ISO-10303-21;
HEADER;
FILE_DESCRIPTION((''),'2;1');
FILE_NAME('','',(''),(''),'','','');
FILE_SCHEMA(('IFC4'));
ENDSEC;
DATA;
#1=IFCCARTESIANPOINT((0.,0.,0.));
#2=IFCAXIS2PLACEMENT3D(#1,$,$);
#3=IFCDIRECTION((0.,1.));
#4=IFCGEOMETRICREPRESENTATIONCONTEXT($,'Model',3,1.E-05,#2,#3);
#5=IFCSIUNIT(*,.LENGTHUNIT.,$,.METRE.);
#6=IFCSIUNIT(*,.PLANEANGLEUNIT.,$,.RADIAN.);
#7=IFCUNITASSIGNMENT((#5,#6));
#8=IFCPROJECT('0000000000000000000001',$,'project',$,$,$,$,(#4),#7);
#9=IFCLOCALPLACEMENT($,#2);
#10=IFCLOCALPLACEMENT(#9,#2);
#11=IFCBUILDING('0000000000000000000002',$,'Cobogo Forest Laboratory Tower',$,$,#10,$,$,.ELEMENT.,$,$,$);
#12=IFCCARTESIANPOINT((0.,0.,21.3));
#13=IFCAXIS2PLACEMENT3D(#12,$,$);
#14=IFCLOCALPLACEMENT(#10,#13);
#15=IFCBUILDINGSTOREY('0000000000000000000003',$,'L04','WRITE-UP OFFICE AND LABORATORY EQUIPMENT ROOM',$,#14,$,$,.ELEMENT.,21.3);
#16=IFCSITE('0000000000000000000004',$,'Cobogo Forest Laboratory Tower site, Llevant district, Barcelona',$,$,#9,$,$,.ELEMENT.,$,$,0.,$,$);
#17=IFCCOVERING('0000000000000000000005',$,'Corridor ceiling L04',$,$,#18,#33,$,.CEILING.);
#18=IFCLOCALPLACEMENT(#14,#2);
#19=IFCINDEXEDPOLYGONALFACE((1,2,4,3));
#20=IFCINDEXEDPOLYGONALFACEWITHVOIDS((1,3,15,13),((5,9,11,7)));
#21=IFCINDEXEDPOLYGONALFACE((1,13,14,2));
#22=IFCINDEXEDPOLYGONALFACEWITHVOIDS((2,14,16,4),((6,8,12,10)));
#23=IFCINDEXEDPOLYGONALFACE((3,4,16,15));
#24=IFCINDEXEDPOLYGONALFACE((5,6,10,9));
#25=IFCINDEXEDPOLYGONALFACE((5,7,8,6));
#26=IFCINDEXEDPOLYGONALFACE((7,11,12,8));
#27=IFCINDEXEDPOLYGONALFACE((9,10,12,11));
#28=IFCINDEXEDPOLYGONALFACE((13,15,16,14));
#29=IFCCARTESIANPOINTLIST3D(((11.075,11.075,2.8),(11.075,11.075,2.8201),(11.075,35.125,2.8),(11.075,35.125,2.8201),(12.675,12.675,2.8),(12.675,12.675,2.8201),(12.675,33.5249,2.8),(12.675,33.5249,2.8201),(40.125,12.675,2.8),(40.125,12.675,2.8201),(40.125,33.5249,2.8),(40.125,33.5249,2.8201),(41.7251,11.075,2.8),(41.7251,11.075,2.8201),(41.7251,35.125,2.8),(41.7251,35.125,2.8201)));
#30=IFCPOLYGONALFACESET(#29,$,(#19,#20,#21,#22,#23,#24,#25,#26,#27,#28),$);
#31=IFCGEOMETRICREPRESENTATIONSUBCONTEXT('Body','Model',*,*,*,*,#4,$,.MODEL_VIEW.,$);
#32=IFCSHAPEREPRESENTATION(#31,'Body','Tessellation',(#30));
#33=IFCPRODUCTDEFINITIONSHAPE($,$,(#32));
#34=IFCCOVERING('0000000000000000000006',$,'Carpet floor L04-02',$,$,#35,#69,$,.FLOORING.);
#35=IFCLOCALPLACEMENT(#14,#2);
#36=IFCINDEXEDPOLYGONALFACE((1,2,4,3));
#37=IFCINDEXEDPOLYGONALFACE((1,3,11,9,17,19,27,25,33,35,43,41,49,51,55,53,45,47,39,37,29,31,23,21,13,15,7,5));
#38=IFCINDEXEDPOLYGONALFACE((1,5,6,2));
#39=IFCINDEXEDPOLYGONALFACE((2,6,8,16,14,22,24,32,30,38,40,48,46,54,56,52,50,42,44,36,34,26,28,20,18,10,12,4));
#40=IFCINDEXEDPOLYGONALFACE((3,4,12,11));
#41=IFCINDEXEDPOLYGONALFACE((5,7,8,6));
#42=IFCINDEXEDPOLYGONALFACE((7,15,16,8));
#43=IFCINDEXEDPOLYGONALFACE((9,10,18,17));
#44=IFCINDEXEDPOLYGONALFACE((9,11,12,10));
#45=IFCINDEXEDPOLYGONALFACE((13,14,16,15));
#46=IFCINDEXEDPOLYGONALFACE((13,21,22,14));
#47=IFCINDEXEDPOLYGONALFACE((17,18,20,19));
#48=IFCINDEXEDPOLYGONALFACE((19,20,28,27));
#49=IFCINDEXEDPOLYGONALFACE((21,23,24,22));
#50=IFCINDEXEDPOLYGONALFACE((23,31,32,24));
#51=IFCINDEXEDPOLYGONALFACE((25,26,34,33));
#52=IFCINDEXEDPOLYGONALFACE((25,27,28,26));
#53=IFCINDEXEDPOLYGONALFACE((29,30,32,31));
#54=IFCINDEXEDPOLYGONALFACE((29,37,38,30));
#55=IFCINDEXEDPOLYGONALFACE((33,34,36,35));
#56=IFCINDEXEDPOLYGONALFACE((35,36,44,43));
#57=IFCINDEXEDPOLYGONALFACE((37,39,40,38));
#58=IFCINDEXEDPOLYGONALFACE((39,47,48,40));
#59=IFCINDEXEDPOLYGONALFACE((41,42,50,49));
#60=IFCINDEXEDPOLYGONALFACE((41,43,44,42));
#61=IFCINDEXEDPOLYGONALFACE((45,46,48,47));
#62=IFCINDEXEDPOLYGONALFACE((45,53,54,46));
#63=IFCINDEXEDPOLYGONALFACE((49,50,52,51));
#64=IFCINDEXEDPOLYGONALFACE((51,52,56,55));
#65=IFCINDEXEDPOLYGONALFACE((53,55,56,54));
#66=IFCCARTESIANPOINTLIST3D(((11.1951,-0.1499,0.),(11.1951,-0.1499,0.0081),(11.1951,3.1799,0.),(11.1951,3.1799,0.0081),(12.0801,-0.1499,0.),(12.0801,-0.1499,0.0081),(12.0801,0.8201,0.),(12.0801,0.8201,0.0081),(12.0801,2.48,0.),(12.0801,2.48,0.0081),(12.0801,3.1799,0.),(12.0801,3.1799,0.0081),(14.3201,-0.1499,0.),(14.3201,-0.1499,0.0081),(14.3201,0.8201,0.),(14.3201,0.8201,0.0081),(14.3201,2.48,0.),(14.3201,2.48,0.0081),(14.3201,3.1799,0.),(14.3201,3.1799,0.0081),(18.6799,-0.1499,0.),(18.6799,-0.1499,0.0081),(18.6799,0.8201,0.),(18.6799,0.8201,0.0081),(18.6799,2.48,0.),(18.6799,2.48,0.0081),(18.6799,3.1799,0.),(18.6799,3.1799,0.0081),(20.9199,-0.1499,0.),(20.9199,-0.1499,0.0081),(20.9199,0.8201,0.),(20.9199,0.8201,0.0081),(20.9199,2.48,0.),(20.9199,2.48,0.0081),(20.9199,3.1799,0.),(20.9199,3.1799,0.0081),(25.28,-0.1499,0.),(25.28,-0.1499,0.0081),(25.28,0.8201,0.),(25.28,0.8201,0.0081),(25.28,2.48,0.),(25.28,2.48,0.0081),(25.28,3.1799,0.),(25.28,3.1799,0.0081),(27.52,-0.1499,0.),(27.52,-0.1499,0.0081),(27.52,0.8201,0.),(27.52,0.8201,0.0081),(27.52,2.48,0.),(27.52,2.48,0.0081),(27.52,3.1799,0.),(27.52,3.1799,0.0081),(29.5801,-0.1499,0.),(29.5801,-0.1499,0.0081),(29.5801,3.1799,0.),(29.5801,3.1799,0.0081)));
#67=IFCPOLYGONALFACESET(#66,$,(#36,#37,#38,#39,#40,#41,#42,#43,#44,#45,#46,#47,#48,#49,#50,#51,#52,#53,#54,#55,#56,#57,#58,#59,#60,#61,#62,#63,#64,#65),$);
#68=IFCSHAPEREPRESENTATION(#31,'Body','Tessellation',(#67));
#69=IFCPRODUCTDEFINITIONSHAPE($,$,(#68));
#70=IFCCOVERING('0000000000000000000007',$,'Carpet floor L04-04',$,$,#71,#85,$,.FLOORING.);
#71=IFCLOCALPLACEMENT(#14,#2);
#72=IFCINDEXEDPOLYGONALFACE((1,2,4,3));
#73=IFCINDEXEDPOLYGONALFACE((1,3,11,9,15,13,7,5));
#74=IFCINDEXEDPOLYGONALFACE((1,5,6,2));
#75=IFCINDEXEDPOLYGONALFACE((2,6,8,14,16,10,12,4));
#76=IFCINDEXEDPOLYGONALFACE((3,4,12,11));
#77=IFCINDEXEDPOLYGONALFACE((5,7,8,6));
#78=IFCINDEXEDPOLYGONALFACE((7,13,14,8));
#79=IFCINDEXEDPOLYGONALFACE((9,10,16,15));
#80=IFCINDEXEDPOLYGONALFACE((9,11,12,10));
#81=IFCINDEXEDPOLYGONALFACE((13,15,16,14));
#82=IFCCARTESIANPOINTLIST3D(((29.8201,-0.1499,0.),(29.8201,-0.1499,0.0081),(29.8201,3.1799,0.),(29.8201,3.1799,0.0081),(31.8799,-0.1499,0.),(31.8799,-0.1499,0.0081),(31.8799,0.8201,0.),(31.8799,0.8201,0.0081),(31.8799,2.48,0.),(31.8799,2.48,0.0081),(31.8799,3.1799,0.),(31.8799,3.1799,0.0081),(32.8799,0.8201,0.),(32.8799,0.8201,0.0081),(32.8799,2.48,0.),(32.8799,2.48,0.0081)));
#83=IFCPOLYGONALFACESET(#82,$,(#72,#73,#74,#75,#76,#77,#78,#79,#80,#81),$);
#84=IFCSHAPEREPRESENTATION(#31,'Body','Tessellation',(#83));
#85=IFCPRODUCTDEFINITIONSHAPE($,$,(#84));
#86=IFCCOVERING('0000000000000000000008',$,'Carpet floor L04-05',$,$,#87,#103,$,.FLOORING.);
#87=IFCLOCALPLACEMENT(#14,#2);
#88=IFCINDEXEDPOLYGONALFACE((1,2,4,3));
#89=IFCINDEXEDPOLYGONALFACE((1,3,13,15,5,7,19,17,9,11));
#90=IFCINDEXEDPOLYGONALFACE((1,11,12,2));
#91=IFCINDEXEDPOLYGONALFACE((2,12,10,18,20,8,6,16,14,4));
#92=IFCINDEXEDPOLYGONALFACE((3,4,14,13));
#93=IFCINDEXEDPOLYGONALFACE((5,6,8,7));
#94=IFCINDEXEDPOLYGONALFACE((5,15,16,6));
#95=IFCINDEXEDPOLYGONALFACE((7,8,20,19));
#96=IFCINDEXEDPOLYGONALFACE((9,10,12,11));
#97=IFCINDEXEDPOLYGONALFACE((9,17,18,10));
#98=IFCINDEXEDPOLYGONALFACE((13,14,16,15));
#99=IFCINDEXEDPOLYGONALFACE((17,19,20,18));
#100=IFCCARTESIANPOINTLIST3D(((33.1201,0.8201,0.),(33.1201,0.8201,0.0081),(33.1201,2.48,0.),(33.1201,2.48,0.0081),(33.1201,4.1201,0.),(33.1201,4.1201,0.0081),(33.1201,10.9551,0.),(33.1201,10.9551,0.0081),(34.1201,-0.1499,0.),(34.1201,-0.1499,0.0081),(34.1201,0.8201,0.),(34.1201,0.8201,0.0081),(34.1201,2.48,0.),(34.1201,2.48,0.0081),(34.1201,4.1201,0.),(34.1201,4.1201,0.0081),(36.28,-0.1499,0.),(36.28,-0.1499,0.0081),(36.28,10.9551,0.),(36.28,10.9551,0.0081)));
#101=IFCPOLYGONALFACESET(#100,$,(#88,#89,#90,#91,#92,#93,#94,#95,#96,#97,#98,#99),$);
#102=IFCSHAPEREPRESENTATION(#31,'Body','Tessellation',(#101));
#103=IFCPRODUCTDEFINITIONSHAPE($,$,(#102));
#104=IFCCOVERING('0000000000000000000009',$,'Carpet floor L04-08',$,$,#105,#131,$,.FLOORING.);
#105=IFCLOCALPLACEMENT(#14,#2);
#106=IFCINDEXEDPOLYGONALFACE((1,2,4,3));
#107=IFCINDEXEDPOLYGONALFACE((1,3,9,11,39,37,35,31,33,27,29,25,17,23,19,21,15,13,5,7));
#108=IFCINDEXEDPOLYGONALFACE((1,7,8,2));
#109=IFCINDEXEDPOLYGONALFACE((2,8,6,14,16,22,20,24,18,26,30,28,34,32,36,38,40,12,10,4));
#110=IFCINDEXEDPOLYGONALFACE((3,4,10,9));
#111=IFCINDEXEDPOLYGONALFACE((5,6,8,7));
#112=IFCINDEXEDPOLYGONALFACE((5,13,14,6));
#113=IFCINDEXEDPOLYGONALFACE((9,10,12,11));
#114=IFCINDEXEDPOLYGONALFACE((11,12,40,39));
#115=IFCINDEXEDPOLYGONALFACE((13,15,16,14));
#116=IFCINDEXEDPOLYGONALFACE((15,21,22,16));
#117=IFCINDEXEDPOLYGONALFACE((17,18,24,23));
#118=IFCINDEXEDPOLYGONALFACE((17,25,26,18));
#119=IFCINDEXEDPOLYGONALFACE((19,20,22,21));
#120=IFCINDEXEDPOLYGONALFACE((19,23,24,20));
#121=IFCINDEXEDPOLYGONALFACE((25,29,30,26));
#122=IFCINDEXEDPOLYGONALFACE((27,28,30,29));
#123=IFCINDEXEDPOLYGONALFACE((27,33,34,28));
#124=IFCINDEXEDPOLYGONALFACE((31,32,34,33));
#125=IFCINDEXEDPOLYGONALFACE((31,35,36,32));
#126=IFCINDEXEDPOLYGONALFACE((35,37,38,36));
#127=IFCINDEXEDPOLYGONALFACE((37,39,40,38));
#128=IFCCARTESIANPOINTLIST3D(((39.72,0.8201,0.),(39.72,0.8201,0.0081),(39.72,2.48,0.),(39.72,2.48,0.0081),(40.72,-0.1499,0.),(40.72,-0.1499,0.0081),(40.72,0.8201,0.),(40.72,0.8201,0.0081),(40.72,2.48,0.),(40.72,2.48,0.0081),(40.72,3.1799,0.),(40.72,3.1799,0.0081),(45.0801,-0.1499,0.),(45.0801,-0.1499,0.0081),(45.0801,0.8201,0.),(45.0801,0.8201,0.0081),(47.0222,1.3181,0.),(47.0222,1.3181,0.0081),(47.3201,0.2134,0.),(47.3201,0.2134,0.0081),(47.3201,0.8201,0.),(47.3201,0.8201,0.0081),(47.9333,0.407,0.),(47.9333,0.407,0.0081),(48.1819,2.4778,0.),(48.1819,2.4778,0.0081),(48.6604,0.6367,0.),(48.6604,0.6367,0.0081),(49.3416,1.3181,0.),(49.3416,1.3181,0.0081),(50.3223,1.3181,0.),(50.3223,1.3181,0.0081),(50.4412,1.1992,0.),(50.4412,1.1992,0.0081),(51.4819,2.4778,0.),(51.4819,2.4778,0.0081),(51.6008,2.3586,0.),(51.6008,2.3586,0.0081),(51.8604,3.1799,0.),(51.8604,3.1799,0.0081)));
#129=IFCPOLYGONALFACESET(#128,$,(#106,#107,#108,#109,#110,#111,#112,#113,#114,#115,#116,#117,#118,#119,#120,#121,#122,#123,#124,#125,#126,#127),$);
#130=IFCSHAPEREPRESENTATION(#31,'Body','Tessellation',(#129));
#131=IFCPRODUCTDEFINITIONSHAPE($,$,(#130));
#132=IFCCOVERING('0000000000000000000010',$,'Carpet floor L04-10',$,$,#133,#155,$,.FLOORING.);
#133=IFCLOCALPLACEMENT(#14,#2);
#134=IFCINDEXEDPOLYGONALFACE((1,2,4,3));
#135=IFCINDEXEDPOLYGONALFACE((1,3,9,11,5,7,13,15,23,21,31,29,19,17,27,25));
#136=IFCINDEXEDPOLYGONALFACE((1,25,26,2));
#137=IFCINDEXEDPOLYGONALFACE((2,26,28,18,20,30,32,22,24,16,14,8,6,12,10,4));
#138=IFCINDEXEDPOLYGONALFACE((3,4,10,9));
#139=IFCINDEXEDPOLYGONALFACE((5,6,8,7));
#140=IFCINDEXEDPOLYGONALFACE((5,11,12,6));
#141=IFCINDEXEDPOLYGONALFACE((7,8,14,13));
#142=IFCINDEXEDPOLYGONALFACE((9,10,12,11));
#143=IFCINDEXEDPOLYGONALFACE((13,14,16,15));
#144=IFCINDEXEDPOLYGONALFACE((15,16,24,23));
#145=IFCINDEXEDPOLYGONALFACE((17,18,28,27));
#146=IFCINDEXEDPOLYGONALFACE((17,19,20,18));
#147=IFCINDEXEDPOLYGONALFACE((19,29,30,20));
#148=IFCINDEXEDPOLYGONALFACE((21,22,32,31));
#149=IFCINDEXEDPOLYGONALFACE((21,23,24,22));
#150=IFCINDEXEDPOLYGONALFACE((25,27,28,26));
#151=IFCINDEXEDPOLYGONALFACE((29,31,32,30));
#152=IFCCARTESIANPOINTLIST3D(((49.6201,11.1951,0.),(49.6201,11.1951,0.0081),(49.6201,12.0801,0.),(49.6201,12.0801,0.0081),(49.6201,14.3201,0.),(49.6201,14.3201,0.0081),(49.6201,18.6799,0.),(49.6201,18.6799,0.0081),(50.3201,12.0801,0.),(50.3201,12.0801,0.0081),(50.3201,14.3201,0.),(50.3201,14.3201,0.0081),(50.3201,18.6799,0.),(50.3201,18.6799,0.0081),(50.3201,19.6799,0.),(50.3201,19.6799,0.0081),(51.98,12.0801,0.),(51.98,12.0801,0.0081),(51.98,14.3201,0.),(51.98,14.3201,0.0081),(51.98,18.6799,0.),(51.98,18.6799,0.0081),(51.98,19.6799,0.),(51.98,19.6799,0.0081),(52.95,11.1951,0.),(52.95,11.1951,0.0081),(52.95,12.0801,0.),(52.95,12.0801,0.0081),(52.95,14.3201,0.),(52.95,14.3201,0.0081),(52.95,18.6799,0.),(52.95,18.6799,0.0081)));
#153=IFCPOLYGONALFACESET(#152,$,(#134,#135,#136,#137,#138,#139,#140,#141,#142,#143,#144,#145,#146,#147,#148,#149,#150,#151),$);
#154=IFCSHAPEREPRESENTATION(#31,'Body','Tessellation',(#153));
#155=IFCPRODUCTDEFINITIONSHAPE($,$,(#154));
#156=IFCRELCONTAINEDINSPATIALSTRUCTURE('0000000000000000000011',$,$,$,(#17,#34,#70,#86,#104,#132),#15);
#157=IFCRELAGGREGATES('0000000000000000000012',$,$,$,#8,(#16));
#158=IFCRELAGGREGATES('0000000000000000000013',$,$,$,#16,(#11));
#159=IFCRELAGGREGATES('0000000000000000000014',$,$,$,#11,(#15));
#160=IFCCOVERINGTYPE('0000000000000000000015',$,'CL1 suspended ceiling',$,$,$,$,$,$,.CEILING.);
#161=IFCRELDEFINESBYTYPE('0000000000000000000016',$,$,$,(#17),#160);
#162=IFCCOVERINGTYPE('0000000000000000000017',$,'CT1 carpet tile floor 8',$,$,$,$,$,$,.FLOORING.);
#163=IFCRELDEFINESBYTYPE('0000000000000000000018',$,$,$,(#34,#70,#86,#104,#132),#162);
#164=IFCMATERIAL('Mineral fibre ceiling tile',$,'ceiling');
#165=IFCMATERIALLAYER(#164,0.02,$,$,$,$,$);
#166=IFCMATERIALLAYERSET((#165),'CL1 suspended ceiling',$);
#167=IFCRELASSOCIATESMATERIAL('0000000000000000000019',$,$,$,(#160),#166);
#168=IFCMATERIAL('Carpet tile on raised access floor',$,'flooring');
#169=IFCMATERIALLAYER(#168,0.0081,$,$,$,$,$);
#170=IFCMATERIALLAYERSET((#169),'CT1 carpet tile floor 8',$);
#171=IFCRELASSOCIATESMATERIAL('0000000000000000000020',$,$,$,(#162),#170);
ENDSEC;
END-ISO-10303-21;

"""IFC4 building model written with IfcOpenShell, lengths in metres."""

from ifc_helpers import new_model, si_unit, direction, frame, origin, place, context, subcontext, project, spatial, polyline, outline, extrude, material, layer, layer_set, type_object, element, save


model = new_model("IFC4")

# Units and contexts
model_context = context("Model", 3, precision=1e-05, world=origin(), true_north=direction((0.0, 1.0)))
body_context = subcontext(model_context, "Body", "Model", "MODEL_VIEW")
ifc_project = project(units=[si_unit("LENGTHUNIT", "METRE"), si_unit("PLANEANGLEUNIT", "RADIAN")], contexts=[model_context])

# Site, building, storey
site_placement = place(None, origin())
site = spatial("IfcSite", under=ifc_project, at=site_placement, Name="Cobogo Forest Laboratory Tower site, Llevant district, Barcelona", CompositionType="ELEMENT", RefElevation=0.0)
building_placement = place(site_placement, origin())
building = spatial("IfcBuilding", under=site, at=building_placement, Name="Cobogo Forest Laboratory Tower", CompositionType="ELEMENT")
storey_placement = place(building_placement, frame((0.0, 0.0, 21.3)))
storey = spatial("IfcBuildingStorey", under=building, at=storey_placement, Name="L04", Description="WRITE-UP OFFICE AND LABORATORY EQUIPMENT ROOM", CompositionType="ELEMENT", Elevation=21.3)

# Coverings
ifc_material_1 = material(Name="Mineral fibre ceiling tile", Category="ceiling")
ifc_layer_1 = layer(ifc_material_1, 0.02)
ifc_layer_set_1 = layer_set([ifc_layer_1], Name="CL1 suspended ceiling")
covering_type_1 = type_object("IfcCoveringType", Name="CL1 suspended ceiling", PredefinedType="CEILING", material=ifc_layer_set_1)
covering_1_placement = place(storey_placement, frame((0.0, 0.0, 2.8)))
element("IfcCovering", 1, at=covering_1_placement, inside=storey, type_object=covering_type_1, Name="Corridor ceiling L04", PredefinedType="CEILING", context=body_context, shape_type="SweptSolid", body=[
    extrude(outline(polyline([(11.075, 11.075), (11.075, 35.125), (41.7251, 35.125), (41.7251, 11.075), (11.075, 11.075)]), holes=[polyline([(40.125, 33.5249), (12.675, 33.5249), (12.675, 12.675), (40.125, 12.675), (40.125, 33.5249)])]), origin(), (0.0, 0.0, 1.0), 0.02),
])
ifc_material_2 = material(Name="Carpet tile on raised access floor", Category="flooring")
ifc_layer_2 = layer(ifc_material_2, 0.0081)
ifc_layer_set_2 = layer_set([ifc_layer_2], Name="CT1 carpet tile floor 8")
covering_type_2 = type_object("IfcCoveringType", Name="CT1 carpet tile floor 8", PredefinedType="FLOORING", material=ifc_layer_set_2)
covering_2_placement = place(storey_placement, origin())
element("IfcCovering", 2, at=covering_2_placement, inside=storey, type_object=covering_type_2, Name="Carpet floor L04-02", PredefinedType="FLOORING", context=body_context, shape_type="SweptSolid", body=[
    extrude(outline(polyline([(12.0801, 3.1799), (12.0801, 2.48), (14.3201, 2.48), (14.3201, 3.1799), (18.6799, 3.1799), (18.6799, 2.48), (20.9199, 2.48), (20.9199, 3.1799), (25.28, 3.1799), (25.28, 2.48), (27.52, 2.48), (27.52, 3.1799), (29.5801, 3.1799), (29.5801, -0.1499), (27.52, -0.1499), (27.52, 0.8201), (25.28, 0.8201), (25.28, -0.1499), (20.9199, -0.1499), (20.9199, 0.8201), (18.6799, 0.8201), (18.6799, -0.1499), (14.3201, -0.1499), (14.3201, 0.8201), (12.0801, 0.8201), (12.0801, -0.1499), (11.1951, -0.1499), (11.1951, 3.1799), (12.0801, 3.1799)])), origin(), (0.0, 0.0, 1.0), 0.0081),
])
covering_3_placement = place(storey_placement, origin())
element("IfcCovering", 3, at=covering_3_placement, inside=storey, type_object=covering_type_2, Name="Carpet floor L04-04", PredefinedType="FLOORING", context=body_context, shape_type="SweptSolid", body=[
    extrude(outline(polyline([(31.8799, 3.1799), (31.8799, 2.48), (32.8799, 2.48), (32.8799, 0.8201), (31.8799, 0.8201), (31.8799, -0.1499), (29.8201, -0.1499), (29.8201, 3.1799), (31.8799, 3.1799)])), origin(), (0.0, 0.0, 1.0), 0.0081),
])
covering_4_placement = place(storey_placement, origin())
element("IfcCovering", 4, at=covering_4_placement, inside=storey, type_object=covering_type_2, Name="Carpet floor L04-05", PredefinedType="FLOORING", context=body_context, shape_type="SweptSolid", body=[
    extrude(outline(polyline([(36.28, 10.9551), (36.28, -0.1499), (34.1201, -0.1499), (34.1201, 0.8201), (33.1201, 0.8201), (33.1201, 2.48), (34.1201, 2.48), (34.1201, 4.1201), (33.1201, 4.1201), (33.1201, 10.9551), (36.28, 10.9551)])), origin(), (0.0, 0.0, 1.0), 0.0081),
])
covering_5_placement = place(storey_placement, origin())
element("IfcCovering", 5, at=covering_5_placement, inside=storey, type_object=covering_type_2, Name="Carpet floor L04-08", PredefinedType="FLOORING", context=body_context, shape_type="SweptSolid", body=[
    extrude(outline(polyline([(51.8604, 3.1799), (51.6008, 2.3586), (51.4819, 2.4778), (50.3223, 1.3181), (50.4412, 1.1992), (48.6604, 0.6367), (49.3416, 1.3181), (48.1819, 2.4778), (47.0222, 1.3181), (47.9333, 0.407), (47.3201, 0.2134), (47.3201, 0.8201), (45.0801, 0.8201), (45.0801, -0.1499), (40.72, -0.1499), (40.72, 0.8201), (39.72, 0.8201), (39.72, 2.48), (40.72, 2.48), (40.72, 3.1799), (51.8604, 3.1799)])), origin(), (0.0, 0.0, 1.0), 0.0081),
])
covering_6_placement = place(storey_placement, origin())
element("IfcCovering", 6, at=covering_6_placement, inside=storey, type_object=covering_type_2, Name="Carpet floor L04-10", PredefinedType="FLOORING", context=body_context, shape_type="SweptSolid", body=[
    extrude(outline(polyline([(49.6201, 12.0801), (50.3201, 12.0801), (50.3201, 14.3201), (49.6201, 14.3201), (49.6201, 18.6799), (50.3201, 18.6799), (50.3201, 19.6799), (51.98, 19.6799), (51.98, 18.6799), (52.95, 18.6799), (52.95, 14.3201), (51.98, 14.3201), (51.98, 12.0801), (52.95, 12.0801), (52.95, 11.1951), (49.6201, 11.1951), (49.6201, 12.0801)])), origin(), (0.0, 0.0, 1.0), 0.0081),
])

save(model, "model.ifc")
